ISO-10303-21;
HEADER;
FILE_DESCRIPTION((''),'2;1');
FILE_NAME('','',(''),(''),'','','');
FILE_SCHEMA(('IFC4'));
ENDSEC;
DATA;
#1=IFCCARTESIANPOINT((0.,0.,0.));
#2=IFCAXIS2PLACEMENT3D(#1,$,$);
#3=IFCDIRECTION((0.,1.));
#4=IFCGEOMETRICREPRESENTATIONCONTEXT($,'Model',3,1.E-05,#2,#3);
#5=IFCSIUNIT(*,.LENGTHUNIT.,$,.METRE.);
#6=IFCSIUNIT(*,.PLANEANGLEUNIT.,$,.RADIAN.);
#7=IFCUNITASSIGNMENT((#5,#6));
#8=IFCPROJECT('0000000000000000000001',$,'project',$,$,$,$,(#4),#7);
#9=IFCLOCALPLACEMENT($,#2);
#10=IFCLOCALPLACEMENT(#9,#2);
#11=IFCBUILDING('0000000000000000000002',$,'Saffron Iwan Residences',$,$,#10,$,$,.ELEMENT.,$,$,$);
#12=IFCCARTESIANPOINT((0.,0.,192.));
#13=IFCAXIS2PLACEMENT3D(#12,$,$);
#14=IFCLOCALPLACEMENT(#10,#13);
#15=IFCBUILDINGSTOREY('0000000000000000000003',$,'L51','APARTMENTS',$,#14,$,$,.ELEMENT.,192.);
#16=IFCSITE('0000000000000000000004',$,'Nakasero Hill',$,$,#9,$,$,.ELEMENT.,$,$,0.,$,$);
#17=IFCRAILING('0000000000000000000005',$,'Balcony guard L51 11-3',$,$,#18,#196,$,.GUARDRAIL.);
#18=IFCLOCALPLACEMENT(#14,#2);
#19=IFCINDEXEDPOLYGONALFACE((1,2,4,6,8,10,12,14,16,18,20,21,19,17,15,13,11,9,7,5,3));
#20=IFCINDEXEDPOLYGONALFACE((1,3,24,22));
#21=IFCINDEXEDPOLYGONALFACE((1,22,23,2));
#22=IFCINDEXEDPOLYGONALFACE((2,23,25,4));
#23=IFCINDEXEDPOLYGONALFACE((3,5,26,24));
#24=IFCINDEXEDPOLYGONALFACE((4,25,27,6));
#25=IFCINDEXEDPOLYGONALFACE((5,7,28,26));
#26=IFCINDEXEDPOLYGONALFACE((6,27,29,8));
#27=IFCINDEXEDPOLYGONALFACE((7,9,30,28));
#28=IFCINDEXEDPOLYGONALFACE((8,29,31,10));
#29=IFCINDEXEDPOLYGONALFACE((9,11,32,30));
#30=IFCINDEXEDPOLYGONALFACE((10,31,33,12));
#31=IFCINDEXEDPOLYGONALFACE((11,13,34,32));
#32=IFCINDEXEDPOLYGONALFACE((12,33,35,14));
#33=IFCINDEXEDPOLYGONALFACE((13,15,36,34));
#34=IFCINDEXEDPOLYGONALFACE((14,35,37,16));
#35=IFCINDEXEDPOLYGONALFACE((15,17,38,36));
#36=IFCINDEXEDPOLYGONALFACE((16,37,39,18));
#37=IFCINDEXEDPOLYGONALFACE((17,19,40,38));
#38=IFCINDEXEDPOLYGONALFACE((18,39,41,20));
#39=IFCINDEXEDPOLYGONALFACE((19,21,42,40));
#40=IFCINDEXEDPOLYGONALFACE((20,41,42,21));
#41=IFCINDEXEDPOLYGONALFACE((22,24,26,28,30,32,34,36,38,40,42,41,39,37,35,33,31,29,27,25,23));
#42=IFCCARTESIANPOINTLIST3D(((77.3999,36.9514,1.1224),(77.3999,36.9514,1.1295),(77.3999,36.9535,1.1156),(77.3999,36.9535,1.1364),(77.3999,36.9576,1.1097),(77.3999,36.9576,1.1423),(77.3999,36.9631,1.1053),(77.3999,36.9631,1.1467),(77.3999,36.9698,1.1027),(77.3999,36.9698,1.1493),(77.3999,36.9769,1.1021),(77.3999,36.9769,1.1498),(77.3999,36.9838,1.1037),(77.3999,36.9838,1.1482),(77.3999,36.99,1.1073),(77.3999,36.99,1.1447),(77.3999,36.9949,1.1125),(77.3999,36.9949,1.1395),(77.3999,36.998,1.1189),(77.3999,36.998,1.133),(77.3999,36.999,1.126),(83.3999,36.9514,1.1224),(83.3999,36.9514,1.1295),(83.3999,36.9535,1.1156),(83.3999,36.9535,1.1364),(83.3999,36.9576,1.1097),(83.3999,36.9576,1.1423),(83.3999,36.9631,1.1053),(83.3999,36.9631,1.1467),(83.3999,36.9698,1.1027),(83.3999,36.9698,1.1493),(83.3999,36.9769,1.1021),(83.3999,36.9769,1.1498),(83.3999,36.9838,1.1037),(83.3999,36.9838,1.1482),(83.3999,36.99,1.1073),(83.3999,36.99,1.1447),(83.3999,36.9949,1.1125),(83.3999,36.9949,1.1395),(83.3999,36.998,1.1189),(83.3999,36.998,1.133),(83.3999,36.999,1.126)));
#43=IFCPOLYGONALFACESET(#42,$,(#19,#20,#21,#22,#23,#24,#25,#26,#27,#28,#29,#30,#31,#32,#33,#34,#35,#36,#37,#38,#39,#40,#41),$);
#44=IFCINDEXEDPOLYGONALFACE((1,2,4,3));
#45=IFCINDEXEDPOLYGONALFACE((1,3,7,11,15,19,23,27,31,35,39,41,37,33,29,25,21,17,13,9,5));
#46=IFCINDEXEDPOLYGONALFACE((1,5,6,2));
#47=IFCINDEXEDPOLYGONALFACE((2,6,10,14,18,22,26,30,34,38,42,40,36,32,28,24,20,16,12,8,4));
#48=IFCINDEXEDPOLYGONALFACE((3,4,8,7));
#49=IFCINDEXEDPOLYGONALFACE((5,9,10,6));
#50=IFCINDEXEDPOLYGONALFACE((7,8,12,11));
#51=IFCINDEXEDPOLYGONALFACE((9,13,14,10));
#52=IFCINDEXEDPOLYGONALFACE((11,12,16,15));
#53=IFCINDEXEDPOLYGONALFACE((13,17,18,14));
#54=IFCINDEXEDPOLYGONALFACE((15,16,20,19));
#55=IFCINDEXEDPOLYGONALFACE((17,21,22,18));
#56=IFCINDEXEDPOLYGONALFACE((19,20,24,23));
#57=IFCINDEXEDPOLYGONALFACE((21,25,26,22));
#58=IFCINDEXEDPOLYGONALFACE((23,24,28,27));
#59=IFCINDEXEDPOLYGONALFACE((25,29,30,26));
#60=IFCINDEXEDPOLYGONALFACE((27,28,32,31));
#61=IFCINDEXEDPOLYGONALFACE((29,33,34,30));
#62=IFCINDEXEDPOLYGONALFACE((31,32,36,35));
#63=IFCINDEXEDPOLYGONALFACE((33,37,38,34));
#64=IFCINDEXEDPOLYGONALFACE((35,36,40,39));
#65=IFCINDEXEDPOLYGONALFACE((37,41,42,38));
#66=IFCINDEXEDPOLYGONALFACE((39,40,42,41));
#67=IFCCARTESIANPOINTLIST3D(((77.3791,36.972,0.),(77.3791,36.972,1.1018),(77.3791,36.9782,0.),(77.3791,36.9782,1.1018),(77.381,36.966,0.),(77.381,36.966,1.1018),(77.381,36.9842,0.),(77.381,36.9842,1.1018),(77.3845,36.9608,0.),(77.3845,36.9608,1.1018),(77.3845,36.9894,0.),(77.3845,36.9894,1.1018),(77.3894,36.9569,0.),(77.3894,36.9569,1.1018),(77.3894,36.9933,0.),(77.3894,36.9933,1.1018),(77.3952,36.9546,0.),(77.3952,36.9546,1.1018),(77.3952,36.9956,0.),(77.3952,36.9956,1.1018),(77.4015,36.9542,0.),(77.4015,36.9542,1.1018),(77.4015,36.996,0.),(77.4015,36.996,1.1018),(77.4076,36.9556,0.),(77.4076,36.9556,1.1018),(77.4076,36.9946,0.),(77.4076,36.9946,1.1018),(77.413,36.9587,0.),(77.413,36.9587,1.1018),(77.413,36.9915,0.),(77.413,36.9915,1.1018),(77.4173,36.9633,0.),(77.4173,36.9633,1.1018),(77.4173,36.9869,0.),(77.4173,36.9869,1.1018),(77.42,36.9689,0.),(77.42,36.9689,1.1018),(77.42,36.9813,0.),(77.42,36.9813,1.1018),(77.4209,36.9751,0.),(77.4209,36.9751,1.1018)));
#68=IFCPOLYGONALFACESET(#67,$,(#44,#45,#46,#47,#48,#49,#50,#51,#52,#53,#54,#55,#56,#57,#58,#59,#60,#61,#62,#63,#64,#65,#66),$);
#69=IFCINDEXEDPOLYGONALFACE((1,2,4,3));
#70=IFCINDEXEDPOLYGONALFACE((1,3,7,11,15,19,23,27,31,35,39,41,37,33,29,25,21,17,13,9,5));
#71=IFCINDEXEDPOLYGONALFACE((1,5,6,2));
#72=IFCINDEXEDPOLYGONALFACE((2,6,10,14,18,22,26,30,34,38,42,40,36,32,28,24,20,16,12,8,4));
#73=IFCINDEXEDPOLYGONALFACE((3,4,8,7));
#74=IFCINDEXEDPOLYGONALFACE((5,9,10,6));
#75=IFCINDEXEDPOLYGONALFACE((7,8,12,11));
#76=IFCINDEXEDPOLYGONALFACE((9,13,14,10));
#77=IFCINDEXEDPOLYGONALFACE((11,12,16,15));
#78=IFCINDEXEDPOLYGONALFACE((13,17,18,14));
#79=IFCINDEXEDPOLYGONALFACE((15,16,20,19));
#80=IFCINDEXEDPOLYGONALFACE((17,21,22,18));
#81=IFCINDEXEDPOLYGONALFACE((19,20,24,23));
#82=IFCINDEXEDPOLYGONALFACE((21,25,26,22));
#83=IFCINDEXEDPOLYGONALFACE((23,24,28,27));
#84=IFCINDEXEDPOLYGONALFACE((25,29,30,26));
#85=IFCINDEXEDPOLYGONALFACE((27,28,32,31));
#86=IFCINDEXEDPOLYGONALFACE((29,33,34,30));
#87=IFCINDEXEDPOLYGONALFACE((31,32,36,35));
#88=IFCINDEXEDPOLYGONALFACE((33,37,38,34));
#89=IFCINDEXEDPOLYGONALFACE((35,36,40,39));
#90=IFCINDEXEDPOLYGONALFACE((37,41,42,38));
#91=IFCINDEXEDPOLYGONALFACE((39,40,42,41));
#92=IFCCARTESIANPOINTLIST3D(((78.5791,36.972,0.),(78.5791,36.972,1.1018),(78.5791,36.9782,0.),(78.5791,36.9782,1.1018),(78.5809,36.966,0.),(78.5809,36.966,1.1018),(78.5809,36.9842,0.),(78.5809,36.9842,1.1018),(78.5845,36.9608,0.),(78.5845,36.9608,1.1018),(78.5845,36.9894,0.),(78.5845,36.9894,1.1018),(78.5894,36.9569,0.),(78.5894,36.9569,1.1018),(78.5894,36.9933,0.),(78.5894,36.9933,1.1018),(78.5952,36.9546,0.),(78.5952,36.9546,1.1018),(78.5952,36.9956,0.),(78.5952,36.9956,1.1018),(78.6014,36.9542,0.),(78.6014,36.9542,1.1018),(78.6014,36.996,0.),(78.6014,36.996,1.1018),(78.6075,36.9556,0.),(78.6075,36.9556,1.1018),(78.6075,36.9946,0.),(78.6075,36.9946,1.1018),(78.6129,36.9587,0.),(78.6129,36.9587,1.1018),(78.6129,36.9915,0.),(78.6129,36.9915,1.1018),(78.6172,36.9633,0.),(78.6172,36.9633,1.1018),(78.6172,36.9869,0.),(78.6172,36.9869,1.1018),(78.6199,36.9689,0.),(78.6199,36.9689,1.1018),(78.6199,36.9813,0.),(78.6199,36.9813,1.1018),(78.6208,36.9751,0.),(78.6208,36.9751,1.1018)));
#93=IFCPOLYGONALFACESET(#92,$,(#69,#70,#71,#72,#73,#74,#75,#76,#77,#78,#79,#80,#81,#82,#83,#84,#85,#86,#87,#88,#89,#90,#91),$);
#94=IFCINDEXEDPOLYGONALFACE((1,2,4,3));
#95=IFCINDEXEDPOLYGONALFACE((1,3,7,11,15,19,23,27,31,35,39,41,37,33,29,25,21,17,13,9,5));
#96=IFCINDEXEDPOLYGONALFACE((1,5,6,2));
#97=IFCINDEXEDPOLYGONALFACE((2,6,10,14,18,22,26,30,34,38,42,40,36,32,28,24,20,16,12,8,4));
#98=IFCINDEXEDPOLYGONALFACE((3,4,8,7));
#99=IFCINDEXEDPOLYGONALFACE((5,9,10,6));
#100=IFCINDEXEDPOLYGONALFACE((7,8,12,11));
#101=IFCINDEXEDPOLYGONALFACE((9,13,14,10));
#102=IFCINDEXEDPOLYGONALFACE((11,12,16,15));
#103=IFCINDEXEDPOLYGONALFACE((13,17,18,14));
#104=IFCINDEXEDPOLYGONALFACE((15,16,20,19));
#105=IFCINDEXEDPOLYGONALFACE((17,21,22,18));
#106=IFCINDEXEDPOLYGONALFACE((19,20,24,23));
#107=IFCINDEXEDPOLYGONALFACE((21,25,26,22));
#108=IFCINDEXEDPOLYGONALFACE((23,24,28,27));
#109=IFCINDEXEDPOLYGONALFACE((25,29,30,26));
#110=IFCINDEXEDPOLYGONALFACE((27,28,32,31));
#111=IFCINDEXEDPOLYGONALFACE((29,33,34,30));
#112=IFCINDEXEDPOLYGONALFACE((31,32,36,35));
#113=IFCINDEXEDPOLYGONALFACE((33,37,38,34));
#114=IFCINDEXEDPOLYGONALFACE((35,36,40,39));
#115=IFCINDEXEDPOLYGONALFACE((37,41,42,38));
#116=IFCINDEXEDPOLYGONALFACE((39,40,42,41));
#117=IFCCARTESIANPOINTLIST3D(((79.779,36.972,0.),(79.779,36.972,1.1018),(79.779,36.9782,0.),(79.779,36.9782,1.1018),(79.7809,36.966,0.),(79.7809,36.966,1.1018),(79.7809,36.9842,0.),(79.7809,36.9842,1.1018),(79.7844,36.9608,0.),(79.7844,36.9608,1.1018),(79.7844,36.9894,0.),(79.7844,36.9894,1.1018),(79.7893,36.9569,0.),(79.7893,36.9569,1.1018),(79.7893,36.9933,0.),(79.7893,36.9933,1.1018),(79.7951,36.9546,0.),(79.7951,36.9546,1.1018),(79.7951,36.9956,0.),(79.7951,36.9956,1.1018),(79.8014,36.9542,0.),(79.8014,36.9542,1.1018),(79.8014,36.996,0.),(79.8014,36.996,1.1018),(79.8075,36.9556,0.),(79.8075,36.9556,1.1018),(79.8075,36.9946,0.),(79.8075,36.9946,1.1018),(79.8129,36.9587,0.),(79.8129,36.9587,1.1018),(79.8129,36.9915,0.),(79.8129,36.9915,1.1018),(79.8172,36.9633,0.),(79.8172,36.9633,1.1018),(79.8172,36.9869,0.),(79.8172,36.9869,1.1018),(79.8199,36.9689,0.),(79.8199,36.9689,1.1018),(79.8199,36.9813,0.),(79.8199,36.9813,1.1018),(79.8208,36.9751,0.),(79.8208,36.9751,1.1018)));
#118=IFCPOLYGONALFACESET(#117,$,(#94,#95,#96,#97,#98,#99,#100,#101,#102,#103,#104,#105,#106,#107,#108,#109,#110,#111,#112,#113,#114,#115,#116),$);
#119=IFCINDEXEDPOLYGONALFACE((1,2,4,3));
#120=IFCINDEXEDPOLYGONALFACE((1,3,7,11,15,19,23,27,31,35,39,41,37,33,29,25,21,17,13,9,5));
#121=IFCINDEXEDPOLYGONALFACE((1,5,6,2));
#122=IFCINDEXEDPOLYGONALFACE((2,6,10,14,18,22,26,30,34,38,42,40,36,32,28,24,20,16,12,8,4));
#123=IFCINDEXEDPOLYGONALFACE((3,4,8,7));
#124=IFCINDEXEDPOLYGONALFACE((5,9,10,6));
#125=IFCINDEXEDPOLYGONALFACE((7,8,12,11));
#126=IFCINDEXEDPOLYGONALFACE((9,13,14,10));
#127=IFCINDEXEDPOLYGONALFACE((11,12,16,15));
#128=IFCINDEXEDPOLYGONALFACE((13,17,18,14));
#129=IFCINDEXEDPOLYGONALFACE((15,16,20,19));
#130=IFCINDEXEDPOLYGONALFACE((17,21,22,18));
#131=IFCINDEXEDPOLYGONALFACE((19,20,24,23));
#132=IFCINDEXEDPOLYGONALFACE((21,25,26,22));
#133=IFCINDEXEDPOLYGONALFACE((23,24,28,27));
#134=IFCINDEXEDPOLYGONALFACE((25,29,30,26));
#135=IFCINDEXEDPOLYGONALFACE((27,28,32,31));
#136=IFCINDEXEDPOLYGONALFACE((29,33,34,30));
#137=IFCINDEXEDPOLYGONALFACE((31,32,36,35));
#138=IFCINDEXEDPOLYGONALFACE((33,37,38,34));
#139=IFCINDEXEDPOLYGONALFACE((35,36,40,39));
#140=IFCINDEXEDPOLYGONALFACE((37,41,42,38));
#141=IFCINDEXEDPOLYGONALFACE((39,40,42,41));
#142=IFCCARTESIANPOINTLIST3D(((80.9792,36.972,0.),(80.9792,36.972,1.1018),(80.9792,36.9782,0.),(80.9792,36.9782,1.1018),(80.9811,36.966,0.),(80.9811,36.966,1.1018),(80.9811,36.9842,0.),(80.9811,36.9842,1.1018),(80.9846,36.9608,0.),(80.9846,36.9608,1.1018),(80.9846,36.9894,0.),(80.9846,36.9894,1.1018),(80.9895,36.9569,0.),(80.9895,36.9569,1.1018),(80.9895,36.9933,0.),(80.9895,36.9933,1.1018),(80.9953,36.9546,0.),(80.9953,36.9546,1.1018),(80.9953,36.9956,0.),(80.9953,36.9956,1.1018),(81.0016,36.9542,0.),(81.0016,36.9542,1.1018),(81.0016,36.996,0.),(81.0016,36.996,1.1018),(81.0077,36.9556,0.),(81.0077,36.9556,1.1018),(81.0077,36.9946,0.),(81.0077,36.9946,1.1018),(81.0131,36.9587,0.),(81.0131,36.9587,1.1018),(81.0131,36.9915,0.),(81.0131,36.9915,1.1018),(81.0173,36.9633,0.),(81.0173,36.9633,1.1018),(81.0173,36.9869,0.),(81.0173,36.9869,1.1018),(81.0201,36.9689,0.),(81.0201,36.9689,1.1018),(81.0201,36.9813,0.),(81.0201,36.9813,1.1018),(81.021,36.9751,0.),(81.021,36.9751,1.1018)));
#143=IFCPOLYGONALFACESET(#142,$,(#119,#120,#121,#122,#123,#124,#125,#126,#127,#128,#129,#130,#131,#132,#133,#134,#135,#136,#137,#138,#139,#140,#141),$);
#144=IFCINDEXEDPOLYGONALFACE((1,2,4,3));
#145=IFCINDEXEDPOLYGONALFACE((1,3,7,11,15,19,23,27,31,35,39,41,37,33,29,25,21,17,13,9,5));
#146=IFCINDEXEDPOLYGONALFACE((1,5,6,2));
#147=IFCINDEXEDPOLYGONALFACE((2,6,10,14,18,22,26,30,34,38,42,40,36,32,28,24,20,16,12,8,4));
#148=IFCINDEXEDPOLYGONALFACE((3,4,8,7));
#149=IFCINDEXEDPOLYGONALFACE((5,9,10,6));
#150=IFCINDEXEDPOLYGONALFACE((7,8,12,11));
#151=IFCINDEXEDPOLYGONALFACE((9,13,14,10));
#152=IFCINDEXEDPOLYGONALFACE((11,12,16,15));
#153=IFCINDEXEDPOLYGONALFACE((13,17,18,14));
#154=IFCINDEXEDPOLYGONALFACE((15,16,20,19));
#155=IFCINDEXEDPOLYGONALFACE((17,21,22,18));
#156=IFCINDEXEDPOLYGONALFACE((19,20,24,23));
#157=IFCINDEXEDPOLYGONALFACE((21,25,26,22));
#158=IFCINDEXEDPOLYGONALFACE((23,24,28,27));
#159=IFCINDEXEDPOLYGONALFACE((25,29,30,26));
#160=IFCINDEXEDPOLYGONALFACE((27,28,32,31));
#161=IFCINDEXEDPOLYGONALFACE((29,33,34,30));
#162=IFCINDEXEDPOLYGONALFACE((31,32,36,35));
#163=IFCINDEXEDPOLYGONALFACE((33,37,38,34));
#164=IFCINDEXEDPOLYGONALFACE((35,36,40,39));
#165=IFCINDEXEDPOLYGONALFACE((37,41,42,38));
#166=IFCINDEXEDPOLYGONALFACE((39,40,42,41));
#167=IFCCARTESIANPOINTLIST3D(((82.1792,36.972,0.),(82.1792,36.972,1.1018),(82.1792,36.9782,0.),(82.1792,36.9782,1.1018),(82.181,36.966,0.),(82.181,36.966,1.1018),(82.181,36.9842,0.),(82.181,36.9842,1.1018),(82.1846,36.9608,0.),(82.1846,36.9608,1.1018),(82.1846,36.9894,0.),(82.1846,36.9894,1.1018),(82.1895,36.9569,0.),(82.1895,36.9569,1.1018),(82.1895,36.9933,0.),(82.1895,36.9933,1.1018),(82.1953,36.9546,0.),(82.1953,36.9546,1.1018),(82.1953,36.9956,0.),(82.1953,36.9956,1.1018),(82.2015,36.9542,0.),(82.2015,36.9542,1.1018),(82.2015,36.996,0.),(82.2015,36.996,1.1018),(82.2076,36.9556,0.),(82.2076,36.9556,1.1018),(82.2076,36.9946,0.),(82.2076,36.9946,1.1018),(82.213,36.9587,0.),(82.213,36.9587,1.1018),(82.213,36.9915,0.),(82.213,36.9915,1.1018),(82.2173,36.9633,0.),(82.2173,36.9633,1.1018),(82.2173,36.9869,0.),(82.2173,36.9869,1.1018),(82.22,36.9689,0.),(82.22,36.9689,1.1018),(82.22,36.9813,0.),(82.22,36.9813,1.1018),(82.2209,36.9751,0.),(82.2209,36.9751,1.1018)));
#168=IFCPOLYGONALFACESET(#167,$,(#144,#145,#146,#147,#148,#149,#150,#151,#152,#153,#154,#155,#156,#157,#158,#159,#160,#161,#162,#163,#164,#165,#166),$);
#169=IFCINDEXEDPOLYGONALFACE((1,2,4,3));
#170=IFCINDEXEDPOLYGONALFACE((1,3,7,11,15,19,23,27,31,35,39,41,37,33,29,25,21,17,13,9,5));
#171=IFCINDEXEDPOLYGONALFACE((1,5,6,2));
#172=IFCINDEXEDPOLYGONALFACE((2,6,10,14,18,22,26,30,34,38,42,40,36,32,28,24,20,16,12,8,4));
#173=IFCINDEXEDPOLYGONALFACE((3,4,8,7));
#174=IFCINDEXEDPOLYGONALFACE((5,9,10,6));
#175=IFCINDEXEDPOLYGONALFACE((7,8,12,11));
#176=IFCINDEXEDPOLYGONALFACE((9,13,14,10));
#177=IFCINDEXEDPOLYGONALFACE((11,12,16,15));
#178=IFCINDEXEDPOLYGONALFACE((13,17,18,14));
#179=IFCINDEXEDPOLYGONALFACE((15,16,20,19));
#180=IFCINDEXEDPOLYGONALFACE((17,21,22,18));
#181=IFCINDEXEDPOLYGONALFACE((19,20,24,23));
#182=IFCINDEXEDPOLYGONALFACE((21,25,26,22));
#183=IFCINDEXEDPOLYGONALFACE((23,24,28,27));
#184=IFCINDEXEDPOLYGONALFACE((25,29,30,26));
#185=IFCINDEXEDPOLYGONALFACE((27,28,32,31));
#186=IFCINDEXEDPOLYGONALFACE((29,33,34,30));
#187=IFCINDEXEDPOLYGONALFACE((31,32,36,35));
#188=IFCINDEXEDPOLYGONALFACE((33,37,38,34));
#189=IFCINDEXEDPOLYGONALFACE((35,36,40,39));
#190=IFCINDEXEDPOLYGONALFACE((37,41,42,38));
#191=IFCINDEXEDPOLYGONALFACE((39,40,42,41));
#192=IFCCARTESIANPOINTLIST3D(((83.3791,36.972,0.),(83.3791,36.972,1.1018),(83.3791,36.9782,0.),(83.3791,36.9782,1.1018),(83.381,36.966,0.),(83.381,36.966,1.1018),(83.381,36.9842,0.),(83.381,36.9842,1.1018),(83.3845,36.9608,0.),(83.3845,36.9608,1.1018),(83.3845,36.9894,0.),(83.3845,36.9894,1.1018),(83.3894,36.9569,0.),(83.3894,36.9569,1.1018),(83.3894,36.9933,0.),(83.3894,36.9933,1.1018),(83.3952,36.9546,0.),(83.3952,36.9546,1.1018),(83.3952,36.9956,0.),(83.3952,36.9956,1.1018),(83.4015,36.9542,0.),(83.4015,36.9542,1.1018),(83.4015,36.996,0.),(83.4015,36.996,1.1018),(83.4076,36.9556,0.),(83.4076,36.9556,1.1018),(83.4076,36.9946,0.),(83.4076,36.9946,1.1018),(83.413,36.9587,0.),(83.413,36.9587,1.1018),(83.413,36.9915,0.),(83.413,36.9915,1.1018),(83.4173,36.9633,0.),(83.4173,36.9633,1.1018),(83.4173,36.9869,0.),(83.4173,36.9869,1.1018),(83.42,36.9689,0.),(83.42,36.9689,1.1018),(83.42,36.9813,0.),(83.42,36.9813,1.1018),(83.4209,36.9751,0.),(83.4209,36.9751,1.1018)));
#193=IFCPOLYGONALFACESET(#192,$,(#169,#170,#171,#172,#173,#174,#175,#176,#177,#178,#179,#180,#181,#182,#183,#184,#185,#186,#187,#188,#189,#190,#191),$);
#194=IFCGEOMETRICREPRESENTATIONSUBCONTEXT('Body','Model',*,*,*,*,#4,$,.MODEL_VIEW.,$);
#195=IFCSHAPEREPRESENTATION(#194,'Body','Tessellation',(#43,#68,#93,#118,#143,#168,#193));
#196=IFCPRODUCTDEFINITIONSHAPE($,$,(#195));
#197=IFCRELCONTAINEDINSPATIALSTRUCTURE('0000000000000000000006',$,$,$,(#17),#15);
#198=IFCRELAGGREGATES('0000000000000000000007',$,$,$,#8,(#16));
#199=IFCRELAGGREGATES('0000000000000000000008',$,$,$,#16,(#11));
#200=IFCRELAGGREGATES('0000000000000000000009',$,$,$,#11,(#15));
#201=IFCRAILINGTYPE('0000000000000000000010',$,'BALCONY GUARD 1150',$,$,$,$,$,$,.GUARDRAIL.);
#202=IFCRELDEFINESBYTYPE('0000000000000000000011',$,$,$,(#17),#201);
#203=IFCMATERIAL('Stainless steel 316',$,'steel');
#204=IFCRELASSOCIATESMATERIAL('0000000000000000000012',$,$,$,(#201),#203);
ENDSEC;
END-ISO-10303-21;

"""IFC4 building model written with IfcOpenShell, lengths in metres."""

from ifc_helpers import new_model, si_unit, direction, frame, origin, origin_2d, place, context, subcontext, project, spatial, circle, extrude, material, type_object, element, save


model = new_model("IFC4")

# Units and contexts
model_context = context("Model", 3, precision=1e-05, world=origin(), true_north=direction((0.0, 1.0)))
body_context = subcontext(model_context, "Body", "Model", "MODEL_VIEW")
ifc_project = project(units=[si_unit("LENGTHUNIT", "METRE"), si_unit("PLANEANGLEUNIT", "RADIAN")], contexts=[model_context])

# Site, building, storey
site_placement = place(None, origin())
site = spatial("IfcSite", under=ifc_project, at=site_placement, Name="Nakasero Hill", CompositionType="ELEMENT", RefElevation=0.0)
building_placement = place(site_placement, origin())
building = spatial("IfcBuilding", under=site, at=building_placement, Name="Saffron Iwan Residences", CompositionType="ELEMENT")
storey_placement = place(building_placement, frame((0.0, 0.0, 192.0)))
storey = spatial("IfcBuildingStorey", under=building, at=storey_placement, Name="L51", Description="APARTMENTS", CompositionType="ELEMENT", Elevation=192.0)

# Railing
ifc_material_1 = material(Name="Stainless steel 316", Category="steel")
railing_type = type_object("IfcRailingType", Name="BALCONY GUARD 1150", PredefinedType="GUARDRAIL", material=ifc_material_1)
railing_placement = place(storey_placement, frame((77.3999, 36.9751, 0.0)))
element("IfcRailing", 1, at=railing_placement, inside=storey, type_object=railing_type, Name="Balcony guard L51 11-3", PredefinedType="GUARDRAIL", context=body_context, shape_type="SweptSolid", body=[
    extrude(circle(Radius=0.0239, at=origin_2d()), frame((0.0, 0.0, 1.126), z_axis=(1.0, 0.0, 0.0), x_axis=(0.0, 1.0, 0.0)), (0.0, 0.0, 1.0), 6.0),
    extrude(circle(Radius=0.021, at=origin_2d()), origin(), (0.0, 0.0, 1.0), 1.1018),
    extrude(circle(Radius=0.021, at=origin_2d()), frame((1.2, 0.0, 0.0)), (0.0, 0.0, 1.0), 1.1018),
    extrude(circle(Radius=0.021, at=origin_2d()), frame((2.3999, 0.0, 0.0)), (0.0, 0.0, 1.0), 1.1018),
    extrude(circle(Radius=0.021, at=origin_2d()), frame((3.6001, 0.0, 0.0)), (0.0, 0.0, 1.0), 1.1018),
    extrude(circle(Radius=0.021, at=origin_2d()), frame((4.8, 0.0, 0.0)), (0.0, 0.0, 1.0), 1.1018),
    extrude(circle(Radius=0.021, at=origin_2d()), frame((6.0, 0.0, 0.0)), (0.0, 0.0, 1.0), 1.1018),
])

save(model, "model.ifc")
